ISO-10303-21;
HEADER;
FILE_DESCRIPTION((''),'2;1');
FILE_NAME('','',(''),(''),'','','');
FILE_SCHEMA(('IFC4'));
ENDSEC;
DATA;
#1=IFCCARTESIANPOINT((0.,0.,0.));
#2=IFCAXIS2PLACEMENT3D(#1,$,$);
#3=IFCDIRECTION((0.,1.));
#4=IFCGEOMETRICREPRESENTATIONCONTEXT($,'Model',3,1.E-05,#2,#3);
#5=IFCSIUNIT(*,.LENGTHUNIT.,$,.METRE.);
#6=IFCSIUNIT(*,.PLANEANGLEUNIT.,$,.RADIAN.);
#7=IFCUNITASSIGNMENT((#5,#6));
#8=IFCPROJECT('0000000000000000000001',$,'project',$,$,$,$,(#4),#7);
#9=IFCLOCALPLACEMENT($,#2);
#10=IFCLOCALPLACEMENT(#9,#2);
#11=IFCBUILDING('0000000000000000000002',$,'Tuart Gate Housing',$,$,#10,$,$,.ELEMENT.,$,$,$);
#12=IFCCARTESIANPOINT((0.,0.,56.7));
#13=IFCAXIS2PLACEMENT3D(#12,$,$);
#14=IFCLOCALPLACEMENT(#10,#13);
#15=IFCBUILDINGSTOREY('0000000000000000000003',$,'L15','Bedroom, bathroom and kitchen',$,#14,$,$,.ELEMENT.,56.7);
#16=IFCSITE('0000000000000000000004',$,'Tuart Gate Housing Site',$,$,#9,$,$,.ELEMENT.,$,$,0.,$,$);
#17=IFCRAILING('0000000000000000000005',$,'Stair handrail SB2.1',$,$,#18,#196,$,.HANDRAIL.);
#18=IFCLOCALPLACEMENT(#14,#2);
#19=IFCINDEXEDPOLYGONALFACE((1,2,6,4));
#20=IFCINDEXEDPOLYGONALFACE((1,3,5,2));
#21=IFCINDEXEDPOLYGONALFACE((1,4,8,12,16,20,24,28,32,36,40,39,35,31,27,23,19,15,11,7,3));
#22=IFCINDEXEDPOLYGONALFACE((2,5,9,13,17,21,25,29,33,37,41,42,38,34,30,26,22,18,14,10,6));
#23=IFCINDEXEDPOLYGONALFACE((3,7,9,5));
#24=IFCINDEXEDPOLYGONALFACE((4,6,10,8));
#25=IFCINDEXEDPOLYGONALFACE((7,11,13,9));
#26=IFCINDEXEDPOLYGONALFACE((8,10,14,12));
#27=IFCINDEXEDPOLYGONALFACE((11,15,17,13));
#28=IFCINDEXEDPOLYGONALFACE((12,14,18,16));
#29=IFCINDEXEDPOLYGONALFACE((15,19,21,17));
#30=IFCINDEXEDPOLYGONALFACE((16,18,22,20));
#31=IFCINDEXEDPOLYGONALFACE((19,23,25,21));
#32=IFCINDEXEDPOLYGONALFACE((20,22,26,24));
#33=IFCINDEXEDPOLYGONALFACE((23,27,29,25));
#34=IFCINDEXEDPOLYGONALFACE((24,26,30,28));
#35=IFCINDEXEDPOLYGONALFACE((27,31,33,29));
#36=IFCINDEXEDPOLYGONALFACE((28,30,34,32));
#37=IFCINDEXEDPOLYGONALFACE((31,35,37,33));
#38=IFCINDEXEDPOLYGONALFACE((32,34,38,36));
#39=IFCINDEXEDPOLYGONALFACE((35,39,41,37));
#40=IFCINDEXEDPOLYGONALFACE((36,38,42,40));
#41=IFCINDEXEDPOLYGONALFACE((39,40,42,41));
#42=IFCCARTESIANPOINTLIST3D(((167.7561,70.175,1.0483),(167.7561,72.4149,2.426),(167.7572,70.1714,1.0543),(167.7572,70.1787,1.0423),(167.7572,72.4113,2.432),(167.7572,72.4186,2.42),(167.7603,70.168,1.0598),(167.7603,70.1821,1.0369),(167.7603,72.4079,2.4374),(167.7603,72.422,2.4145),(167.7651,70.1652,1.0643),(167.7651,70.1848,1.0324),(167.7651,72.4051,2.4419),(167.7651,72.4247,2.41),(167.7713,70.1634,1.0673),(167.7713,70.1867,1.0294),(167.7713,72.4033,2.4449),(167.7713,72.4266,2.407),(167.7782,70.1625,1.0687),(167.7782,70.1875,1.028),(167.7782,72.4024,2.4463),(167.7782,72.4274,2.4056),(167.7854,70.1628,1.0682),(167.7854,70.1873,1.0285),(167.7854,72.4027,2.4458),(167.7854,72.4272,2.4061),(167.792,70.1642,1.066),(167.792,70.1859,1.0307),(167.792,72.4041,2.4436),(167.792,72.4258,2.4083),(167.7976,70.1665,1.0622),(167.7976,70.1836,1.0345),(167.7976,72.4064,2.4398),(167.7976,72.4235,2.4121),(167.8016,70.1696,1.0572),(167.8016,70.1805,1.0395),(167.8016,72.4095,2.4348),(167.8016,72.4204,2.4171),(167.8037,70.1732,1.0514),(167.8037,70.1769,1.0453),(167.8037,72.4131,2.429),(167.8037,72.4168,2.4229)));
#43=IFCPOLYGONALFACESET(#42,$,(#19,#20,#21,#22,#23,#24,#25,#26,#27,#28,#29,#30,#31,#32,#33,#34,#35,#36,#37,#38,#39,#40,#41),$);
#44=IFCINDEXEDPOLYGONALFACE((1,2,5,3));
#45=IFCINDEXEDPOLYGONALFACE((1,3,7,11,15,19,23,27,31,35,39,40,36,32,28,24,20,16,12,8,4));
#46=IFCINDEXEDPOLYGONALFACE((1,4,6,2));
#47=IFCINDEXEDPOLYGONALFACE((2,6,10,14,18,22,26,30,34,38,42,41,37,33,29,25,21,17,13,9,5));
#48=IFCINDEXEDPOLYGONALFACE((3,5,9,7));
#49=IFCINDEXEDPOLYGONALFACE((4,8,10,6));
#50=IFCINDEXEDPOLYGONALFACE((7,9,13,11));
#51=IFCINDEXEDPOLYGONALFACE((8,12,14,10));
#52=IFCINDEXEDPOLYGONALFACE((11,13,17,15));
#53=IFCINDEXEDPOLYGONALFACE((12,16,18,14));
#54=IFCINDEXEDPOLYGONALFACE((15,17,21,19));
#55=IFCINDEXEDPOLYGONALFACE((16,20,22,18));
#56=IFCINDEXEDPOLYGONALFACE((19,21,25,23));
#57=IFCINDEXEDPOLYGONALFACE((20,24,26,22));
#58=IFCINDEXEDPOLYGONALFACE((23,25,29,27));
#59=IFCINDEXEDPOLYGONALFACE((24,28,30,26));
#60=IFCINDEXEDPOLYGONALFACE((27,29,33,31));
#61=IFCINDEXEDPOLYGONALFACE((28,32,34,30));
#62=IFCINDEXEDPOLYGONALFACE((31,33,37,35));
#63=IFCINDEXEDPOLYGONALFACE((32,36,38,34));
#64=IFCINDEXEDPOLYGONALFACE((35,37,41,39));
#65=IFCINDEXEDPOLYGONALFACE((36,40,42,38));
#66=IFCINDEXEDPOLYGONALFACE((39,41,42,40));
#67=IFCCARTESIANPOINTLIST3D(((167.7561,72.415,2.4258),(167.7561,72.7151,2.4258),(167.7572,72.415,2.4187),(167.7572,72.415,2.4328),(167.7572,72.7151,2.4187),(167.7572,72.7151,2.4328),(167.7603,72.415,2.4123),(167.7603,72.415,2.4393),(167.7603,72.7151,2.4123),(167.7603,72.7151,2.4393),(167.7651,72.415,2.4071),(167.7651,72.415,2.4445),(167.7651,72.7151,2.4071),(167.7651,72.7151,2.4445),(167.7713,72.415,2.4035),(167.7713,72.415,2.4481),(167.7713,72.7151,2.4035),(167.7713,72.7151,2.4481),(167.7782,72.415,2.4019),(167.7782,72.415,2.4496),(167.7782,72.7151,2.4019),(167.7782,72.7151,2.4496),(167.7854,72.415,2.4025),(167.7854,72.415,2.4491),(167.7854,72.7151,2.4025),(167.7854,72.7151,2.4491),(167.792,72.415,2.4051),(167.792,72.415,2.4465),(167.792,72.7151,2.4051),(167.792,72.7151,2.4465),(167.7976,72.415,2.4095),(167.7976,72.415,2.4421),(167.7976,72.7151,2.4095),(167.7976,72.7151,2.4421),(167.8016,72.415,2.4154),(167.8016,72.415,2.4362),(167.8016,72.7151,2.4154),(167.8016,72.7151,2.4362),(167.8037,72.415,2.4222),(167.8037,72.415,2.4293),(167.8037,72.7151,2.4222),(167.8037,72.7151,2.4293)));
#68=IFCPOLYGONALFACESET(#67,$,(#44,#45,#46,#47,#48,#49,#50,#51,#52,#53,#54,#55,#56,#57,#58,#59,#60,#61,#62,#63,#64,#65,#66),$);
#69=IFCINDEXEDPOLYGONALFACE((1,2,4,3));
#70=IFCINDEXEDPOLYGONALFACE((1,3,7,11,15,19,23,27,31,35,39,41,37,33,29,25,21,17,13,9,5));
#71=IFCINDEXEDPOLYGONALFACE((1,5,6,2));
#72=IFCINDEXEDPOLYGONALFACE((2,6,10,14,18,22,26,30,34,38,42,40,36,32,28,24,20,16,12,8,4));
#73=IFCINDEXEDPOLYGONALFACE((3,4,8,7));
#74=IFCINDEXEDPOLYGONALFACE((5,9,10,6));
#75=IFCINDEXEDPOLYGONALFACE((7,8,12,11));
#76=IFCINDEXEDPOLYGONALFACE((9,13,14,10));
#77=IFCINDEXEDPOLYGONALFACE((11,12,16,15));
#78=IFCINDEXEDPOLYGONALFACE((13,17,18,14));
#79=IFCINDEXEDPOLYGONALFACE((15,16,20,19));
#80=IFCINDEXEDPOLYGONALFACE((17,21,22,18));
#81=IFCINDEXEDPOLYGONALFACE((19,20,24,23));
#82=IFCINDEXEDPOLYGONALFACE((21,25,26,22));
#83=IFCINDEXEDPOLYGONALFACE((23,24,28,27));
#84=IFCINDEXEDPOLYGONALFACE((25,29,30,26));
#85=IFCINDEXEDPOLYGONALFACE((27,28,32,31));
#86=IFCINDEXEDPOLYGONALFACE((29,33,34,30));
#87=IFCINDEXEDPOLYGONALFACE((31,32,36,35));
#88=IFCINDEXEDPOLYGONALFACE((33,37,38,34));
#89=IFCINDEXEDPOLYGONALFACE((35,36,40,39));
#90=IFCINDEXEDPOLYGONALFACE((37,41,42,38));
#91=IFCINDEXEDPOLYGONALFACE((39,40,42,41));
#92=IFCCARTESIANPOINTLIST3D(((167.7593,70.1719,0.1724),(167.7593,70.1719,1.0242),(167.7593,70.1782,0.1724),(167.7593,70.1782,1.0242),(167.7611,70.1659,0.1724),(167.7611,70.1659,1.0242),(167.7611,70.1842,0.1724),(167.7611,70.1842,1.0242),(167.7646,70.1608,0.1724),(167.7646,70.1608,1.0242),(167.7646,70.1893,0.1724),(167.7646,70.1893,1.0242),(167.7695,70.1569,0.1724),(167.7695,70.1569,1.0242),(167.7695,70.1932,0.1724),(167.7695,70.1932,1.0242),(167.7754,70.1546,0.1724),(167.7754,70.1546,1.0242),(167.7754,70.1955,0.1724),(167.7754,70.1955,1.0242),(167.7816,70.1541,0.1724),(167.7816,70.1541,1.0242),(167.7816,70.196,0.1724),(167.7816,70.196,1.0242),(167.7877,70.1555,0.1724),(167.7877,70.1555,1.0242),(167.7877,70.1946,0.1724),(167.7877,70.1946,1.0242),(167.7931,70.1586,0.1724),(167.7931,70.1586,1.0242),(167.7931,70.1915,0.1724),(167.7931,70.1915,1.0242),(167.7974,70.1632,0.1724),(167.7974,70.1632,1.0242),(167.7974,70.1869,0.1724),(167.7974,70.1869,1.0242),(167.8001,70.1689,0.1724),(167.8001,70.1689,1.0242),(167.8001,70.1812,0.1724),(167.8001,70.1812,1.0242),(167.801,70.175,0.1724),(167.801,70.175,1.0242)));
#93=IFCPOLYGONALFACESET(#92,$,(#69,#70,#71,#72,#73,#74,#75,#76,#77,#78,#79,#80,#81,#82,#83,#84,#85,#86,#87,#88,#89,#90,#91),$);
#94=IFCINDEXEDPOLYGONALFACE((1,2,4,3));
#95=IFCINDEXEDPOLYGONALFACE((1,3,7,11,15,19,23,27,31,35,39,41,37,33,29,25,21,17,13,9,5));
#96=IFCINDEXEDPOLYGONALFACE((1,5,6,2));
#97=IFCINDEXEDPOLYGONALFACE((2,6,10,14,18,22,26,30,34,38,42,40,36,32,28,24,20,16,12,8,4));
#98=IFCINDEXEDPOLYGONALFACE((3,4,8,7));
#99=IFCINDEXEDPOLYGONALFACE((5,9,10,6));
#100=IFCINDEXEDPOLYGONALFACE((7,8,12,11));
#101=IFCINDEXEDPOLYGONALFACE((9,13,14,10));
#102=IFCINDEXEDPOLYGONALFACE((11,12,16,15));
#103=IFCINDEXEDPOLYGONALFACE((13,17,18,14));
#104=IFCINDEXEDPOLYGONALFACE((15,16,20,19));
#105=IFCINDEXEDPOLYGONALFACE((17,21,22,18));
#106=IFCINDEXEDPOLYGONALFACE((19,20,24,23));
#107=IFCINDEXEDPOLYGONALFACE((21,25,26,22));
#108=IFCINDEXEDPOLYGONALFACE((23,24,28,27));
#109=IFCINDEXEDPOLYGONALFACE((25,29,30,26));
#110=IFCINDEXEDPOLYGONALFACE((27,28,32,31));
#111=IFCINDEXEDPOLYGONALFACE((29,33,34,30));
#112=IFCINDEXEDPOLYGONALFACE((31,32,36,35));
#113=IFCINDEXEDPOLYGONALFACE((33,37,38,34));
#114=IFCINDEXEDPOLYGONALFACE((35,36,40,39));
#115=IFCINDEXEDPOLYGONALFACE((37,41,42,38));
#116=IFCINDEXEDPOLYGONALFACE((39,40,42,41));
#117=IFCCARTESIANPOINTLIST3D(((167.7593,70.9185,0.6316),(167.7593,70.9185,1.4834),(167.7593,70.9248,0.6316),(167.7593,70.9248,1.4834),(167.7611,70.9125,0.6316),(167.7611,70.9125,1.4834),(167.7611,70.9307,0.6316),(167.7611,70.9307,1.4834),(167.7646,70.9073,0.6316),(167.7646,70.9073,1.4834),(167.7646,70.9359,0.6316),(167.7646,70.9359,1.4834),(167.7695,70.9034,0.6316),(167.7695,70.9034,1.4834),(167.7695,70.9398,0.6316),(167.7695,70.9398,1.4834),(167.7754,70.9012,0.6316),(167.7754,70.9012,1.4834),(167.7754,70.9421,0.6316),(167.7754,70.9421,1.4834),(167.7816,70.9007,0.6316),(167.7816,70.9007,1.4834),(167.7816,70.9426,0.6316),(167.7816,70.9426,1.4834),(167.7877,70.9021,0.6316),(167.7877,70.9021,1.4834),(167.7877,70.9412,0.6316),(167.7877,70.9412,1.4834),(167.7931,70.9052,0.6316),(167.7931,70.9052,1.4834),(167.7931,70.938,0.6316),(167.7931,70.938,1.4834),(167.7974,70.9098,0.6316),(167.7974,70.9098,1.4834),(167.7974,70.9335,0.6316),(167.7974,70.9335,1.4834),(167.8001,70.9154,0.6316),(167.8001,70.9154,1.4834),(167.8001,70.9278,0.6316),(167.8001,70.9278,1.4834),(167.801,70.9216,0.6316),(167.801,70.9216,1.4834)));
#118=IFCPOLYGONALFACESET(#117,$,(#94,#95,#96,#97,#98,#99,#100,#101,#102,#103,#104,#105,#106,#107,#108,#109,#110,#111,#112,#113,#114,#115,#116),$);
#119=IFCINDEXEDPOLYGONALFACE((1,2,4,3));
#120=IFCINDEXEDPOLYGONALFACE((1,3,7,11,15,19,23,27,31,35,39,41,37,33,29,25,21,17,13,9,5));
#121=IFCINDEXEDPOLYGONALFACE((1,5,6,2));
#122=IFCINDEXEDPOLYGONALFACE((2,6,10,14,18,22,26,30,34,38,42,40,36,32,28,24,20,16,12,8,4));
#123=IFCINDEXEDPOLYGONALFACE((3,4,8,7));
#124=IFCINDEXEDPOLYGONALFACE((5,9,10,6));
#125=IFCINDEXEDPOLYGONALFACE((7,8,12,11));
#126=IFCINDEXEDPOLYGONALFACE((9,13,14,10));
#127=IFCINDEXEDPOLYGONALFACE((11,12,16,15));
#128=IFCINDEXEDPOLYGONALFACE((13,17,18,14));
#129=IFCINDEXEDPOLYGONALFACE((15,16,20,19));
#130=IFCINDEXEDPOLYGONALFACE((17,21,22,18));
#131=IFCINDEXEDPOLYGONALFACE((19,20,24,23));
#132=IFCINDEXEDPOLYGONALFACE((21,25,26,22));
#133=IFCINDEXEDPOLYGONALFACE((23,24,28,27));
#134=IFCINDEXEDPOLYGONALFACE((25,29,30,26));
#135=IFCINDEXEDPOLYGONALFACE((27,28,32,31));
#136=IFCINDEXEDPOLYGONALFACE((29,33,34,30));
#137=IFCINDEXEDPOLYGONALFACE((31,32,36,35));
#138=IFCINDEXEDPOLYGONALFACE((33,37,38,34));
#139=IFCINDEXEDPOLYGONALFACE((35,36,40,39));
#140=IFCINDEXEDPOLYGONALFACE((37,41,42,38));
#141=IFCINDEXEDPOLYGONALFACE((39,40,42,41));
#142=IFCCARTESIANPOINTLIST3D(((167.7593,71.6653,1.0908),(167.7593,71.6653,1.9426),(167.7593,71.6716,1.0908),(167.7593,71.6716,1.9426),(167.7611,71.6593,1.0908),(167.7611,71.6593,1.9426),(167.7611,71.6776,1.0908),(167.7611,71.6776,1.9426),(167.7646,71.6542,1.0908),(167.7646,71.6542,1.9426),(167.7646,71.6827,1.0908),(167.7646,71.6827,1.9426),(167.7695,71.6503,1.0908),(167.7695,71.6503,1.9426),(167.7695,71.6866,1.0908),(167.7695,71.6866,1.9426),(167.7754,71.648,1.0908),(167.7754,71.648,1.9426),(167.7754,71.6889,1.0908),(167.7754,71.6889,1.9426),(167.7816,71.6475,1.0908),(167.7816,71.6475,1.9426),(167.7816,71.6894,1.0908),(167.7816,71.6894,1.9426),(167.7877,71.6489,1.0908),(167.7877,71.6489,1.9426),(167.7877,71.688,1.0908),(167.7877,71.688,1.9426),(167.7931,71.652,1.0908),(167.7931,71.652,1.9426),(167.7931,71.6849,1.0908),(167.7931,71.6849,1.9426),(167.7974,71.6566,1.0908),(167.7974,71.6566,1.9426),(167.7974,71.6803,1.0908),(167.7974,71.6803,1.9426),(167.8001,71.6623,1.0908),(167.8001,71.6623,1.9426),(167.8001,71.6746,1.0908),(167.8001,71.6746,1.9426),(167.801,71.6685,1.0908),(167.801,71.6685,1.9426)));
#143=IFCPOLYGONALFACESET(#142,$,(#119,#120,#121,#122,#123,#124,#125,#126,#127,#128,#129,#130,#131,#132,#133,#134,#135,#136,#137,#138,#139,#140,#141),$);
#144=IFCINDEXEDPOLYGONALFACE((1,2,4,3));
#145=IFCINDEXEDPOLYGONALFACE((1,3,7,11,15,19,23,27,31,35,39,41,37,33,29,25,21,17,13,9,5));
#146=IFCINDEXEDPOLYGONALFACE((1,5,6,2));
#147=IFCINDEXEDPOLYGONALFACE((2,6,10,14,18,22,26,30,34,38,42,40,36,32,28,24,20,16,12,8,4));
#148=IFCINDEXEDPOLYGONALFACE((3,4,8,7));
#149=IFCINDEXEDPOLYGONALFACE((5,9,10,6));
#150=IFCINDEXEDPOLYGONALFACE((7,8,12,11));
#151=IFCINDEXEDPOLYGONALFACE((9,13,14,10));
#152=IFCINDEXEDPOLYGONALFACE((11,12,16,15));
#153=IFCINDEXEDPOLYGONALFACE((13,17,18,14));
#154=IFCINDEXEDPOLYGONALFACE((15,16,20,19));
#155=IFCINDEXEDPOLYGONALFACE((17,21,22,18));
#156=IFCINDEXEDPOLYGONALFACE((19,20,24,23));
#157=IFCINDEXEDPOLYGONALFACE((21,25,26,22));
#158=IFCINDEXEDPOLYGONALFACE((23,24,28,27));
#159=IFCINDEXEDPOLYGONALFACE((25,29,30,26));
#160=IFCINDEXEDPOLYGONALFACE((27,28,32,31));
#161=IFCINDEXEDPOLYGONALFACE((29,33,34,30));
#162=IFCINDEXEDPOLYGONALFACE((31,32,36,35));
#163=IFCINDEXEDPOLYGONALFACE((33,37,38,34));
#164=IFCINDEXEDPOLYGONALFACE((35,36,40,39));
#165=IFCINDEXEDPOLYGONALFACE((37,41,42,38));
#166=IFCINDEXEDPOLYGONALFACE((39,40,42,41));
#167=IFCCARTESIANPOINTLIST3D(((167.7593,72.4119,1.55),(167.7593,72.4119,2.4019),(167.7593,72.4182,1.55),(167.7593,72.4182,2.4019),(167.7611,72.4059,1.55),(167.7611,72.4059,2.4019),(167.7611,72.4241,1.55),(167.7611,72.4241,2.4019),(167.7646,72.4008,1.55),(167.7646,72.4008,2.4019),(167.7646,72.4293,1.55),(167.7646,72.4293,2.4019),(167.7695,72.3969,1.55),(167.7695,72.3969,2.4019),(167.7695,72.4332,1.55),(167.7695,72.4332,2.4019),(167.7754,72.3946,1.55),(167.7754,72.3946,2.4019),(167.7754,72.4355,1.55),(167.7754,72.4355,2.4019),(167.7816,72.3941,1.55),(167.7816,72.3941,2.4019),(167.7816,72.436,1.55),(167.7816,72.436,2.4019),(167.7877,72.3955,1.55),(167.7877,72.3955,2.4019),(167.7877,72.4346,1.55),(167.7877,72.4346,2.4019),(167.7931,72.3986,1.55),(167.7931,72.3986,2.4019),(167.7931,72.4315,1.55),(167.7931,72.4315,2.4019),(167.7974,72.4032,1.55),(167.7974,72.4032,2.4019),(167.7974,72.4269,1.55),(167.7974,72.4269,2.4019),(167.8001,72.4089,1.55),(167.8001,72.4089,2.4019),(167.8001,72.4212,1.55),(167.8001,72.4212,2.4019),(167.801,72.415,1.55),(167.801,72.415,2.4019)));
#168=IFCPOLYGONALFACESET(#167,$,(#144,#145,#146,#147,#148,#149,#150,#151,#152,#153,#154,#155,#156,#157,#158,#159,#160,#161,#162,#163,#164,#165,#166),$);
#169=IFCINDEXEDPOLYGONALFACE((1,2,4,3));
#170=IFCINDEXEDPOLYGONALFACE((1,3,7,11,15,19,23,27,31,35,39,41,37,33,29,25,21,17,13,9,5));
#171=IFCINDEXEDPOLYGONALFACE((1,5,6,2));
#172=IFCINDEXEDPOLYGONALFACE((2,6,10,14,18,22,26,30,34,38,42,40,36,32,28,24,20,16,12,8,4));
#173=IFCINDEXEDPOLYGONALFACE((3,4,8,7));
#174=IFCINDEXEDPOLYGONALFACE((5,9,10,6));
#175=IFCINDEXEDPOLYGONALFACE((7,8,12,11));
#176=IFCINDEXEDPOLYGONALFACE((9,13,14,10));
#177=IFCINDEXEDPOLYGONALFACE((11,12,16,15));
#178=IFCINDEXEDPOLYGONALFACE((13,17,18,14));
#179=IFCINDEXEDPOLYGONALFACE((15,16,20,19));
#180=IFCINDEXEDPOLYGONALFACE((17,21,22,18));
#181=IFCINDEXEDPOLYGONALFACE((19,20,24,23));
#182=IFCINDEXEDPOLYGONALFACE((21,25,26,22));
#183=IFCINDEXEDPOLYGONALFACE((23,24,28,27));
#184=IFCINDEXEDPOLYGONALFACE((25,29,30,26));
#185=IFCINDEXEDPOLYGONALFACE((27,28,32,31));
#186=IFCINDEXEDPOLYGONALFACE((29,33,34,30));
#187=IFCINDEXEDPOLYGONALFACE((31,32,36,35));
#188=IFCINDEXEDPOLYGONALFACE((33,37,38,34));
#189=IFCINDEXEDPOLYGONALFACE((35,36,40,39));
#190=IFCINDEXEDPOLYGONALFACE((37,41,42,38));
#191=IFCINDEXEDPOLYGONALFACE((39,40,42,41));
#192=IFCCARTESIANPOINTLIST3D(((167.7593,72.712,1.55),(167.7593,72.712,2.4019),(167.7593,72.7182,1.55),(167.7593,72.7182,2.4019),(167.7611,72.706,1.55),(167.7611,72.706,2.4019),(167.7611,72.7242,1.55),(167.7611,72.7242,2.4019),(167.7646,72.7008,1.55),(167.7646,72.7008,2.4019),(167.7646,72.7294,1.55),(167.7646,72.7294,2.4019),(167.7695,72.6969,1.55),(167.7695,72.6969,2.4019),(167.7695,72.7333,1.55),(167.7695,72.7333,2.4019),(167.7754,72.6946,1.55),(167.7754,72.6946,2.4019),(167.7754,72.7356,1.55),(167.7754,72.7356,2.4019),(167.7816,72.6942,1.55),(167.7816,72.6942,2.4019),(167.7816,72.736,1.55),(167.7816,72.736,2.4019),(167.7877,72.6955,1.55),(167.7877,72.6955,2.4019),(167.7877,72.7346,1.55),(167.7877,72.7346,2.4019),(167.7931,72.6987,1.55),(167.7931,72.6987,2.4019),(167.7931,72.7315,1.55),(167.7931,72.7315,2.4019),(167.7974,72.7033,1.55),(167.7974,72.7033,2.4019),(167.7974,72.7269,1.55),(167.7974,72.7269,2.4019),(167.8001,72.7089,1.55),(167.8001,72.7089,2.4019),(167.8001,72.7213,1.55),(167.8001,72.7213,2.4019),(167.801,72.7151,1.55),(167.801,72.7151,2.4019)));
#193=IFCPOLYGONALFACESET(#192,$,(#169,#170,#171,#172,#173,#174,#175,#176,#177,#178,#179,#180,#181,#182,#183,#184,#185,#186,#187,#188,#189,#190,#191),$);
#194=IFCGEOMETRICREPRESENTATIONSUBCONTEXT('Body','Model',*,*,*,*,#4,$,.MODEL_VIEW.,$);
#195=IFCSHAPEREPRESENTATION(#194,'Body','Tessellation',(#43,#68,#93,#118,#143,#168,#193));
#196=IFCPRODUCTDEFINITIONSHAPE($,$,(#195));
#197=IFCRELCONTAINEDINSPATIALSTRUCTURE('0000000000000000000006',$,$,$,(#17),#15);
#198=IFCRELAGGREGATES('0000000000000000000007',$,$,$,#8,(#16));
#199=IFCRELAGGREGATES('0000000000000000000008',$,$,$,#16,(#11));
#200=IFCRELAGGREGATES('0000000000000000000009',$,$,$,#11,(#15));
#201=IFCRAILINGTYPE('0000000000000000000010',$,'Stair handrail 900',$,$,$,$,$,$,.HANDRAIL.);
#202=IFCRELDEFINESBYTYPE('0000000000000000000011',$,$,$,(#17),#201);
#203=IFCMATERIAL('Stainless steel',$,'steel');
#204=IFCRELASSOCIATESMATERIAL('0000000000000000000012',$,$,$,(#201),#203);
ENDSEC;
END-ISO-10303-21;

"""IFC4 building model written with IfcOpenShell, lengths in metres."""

from ifc_helpers import new_model, si_unit, direction, frame, origin, origin_2d, place, context, subcontext, project, spatial, circle, extrude, material, type_object, element, save


model = new_model("IFC4")

# Units and contexts
model_context = context("Model", 3, precision=1e-05, world=origin(), true_north=direction((0.0, 1.0)))
body_context = subcontext(model_context, "Body", "Model", "MODEL_VIEW")
ifc_project = project(units=[si_unit("LENGTHUNIT", "METRE"), si_unit("PLANEANGLEUNIT", "RADIAN")], contexts=[model_context])

# Site, building, storey
site_placement = place(None, origin())
site = spatial("IfcSite", under=ifc_project, at=site_placement, Name="Tuart Gate Housing Site", CompositionType="ELEMENT", RefElevation=0.0)
building_placement = place(site_placement, origin())
building = spatial("IfcBuilding", under=site, at=building_placement, Name="Tuart Gate Housing", CompositionType="ELEMENT")
storey_placement = place(building_placement, frame((0.0, 0.0, 56.7)))
storey = spatial("IfcBuildingStorey", under=building, at=storey_placement, Name="L15", Description="Bedroom, bathroom and kitchen", CompositionType="ELEMENT", Elevation=56.7)

# Railing
ifc_material_1 = material(Name="Stainless steel", Category="steel")
railing_type = type_object("IfcRailingType", Name="Stair handrail 900", PredefinedType="HANDRAIL", material=ifc_material_1)
railing_placement = place(storey_placement, frame((167.78, 70.175, 0.1724)))
element("IfcRailing", 1, at=railing_placement, inside=storey, type_object=railing_type, Name="Stair handrail SB2.1", PredefinedType="HANDRAIL", context=body_context, shape_type="SweptSolid", body=[
    extrude(circle(Radius=0.0239, at=origin_2d()), frame((0.0, 0.0, 0.876), z_axis=(0.0, 0.851789, 0.523885), x_axis=(-1.0, 0.0, 0.0)), (0.0, 0.0, 1.0), 2.6296),
    extrude(circle(Radius=0.0239, at=origin_2d()), frame((0.0, 2.24, 2.2534), z_axis=(0.0, 1.0, 0.0), x_axis=(-1.0, 0.0, 0.0)), (0.0, 0.0, 1.0), 0.3),
    extrude(circle(Radius=0.021, at=origin_2d()), origin(), (0.0, 0.0, 1.0), 0.8518),
    extrude(circle(Radius=0.021, at=origin_2d()), frame((0.0, 0.7466, 0.4592)), (0.0, 0.0, 1.0), 0.8518),
    extrude(circle(Radius=0.021, at=origin_2d()), frame((0.0, 1.4934, 0.9185)), (0.0, 0.0, 1.0), 0.8518),
    extrude(circle(Radius=0.021, at=origin_2d()), frame((0.0, 2.24, 1.3777)), (0.0, 0.0, 1.0), 0.8518),
    extrude(circle(Radius=0.021, at=origin_2d()), frame((0.0, 2.54, 1.3777)), (0.0, 0.0, 1.0), 0.8518),
])

save(model, "model.ifc")
